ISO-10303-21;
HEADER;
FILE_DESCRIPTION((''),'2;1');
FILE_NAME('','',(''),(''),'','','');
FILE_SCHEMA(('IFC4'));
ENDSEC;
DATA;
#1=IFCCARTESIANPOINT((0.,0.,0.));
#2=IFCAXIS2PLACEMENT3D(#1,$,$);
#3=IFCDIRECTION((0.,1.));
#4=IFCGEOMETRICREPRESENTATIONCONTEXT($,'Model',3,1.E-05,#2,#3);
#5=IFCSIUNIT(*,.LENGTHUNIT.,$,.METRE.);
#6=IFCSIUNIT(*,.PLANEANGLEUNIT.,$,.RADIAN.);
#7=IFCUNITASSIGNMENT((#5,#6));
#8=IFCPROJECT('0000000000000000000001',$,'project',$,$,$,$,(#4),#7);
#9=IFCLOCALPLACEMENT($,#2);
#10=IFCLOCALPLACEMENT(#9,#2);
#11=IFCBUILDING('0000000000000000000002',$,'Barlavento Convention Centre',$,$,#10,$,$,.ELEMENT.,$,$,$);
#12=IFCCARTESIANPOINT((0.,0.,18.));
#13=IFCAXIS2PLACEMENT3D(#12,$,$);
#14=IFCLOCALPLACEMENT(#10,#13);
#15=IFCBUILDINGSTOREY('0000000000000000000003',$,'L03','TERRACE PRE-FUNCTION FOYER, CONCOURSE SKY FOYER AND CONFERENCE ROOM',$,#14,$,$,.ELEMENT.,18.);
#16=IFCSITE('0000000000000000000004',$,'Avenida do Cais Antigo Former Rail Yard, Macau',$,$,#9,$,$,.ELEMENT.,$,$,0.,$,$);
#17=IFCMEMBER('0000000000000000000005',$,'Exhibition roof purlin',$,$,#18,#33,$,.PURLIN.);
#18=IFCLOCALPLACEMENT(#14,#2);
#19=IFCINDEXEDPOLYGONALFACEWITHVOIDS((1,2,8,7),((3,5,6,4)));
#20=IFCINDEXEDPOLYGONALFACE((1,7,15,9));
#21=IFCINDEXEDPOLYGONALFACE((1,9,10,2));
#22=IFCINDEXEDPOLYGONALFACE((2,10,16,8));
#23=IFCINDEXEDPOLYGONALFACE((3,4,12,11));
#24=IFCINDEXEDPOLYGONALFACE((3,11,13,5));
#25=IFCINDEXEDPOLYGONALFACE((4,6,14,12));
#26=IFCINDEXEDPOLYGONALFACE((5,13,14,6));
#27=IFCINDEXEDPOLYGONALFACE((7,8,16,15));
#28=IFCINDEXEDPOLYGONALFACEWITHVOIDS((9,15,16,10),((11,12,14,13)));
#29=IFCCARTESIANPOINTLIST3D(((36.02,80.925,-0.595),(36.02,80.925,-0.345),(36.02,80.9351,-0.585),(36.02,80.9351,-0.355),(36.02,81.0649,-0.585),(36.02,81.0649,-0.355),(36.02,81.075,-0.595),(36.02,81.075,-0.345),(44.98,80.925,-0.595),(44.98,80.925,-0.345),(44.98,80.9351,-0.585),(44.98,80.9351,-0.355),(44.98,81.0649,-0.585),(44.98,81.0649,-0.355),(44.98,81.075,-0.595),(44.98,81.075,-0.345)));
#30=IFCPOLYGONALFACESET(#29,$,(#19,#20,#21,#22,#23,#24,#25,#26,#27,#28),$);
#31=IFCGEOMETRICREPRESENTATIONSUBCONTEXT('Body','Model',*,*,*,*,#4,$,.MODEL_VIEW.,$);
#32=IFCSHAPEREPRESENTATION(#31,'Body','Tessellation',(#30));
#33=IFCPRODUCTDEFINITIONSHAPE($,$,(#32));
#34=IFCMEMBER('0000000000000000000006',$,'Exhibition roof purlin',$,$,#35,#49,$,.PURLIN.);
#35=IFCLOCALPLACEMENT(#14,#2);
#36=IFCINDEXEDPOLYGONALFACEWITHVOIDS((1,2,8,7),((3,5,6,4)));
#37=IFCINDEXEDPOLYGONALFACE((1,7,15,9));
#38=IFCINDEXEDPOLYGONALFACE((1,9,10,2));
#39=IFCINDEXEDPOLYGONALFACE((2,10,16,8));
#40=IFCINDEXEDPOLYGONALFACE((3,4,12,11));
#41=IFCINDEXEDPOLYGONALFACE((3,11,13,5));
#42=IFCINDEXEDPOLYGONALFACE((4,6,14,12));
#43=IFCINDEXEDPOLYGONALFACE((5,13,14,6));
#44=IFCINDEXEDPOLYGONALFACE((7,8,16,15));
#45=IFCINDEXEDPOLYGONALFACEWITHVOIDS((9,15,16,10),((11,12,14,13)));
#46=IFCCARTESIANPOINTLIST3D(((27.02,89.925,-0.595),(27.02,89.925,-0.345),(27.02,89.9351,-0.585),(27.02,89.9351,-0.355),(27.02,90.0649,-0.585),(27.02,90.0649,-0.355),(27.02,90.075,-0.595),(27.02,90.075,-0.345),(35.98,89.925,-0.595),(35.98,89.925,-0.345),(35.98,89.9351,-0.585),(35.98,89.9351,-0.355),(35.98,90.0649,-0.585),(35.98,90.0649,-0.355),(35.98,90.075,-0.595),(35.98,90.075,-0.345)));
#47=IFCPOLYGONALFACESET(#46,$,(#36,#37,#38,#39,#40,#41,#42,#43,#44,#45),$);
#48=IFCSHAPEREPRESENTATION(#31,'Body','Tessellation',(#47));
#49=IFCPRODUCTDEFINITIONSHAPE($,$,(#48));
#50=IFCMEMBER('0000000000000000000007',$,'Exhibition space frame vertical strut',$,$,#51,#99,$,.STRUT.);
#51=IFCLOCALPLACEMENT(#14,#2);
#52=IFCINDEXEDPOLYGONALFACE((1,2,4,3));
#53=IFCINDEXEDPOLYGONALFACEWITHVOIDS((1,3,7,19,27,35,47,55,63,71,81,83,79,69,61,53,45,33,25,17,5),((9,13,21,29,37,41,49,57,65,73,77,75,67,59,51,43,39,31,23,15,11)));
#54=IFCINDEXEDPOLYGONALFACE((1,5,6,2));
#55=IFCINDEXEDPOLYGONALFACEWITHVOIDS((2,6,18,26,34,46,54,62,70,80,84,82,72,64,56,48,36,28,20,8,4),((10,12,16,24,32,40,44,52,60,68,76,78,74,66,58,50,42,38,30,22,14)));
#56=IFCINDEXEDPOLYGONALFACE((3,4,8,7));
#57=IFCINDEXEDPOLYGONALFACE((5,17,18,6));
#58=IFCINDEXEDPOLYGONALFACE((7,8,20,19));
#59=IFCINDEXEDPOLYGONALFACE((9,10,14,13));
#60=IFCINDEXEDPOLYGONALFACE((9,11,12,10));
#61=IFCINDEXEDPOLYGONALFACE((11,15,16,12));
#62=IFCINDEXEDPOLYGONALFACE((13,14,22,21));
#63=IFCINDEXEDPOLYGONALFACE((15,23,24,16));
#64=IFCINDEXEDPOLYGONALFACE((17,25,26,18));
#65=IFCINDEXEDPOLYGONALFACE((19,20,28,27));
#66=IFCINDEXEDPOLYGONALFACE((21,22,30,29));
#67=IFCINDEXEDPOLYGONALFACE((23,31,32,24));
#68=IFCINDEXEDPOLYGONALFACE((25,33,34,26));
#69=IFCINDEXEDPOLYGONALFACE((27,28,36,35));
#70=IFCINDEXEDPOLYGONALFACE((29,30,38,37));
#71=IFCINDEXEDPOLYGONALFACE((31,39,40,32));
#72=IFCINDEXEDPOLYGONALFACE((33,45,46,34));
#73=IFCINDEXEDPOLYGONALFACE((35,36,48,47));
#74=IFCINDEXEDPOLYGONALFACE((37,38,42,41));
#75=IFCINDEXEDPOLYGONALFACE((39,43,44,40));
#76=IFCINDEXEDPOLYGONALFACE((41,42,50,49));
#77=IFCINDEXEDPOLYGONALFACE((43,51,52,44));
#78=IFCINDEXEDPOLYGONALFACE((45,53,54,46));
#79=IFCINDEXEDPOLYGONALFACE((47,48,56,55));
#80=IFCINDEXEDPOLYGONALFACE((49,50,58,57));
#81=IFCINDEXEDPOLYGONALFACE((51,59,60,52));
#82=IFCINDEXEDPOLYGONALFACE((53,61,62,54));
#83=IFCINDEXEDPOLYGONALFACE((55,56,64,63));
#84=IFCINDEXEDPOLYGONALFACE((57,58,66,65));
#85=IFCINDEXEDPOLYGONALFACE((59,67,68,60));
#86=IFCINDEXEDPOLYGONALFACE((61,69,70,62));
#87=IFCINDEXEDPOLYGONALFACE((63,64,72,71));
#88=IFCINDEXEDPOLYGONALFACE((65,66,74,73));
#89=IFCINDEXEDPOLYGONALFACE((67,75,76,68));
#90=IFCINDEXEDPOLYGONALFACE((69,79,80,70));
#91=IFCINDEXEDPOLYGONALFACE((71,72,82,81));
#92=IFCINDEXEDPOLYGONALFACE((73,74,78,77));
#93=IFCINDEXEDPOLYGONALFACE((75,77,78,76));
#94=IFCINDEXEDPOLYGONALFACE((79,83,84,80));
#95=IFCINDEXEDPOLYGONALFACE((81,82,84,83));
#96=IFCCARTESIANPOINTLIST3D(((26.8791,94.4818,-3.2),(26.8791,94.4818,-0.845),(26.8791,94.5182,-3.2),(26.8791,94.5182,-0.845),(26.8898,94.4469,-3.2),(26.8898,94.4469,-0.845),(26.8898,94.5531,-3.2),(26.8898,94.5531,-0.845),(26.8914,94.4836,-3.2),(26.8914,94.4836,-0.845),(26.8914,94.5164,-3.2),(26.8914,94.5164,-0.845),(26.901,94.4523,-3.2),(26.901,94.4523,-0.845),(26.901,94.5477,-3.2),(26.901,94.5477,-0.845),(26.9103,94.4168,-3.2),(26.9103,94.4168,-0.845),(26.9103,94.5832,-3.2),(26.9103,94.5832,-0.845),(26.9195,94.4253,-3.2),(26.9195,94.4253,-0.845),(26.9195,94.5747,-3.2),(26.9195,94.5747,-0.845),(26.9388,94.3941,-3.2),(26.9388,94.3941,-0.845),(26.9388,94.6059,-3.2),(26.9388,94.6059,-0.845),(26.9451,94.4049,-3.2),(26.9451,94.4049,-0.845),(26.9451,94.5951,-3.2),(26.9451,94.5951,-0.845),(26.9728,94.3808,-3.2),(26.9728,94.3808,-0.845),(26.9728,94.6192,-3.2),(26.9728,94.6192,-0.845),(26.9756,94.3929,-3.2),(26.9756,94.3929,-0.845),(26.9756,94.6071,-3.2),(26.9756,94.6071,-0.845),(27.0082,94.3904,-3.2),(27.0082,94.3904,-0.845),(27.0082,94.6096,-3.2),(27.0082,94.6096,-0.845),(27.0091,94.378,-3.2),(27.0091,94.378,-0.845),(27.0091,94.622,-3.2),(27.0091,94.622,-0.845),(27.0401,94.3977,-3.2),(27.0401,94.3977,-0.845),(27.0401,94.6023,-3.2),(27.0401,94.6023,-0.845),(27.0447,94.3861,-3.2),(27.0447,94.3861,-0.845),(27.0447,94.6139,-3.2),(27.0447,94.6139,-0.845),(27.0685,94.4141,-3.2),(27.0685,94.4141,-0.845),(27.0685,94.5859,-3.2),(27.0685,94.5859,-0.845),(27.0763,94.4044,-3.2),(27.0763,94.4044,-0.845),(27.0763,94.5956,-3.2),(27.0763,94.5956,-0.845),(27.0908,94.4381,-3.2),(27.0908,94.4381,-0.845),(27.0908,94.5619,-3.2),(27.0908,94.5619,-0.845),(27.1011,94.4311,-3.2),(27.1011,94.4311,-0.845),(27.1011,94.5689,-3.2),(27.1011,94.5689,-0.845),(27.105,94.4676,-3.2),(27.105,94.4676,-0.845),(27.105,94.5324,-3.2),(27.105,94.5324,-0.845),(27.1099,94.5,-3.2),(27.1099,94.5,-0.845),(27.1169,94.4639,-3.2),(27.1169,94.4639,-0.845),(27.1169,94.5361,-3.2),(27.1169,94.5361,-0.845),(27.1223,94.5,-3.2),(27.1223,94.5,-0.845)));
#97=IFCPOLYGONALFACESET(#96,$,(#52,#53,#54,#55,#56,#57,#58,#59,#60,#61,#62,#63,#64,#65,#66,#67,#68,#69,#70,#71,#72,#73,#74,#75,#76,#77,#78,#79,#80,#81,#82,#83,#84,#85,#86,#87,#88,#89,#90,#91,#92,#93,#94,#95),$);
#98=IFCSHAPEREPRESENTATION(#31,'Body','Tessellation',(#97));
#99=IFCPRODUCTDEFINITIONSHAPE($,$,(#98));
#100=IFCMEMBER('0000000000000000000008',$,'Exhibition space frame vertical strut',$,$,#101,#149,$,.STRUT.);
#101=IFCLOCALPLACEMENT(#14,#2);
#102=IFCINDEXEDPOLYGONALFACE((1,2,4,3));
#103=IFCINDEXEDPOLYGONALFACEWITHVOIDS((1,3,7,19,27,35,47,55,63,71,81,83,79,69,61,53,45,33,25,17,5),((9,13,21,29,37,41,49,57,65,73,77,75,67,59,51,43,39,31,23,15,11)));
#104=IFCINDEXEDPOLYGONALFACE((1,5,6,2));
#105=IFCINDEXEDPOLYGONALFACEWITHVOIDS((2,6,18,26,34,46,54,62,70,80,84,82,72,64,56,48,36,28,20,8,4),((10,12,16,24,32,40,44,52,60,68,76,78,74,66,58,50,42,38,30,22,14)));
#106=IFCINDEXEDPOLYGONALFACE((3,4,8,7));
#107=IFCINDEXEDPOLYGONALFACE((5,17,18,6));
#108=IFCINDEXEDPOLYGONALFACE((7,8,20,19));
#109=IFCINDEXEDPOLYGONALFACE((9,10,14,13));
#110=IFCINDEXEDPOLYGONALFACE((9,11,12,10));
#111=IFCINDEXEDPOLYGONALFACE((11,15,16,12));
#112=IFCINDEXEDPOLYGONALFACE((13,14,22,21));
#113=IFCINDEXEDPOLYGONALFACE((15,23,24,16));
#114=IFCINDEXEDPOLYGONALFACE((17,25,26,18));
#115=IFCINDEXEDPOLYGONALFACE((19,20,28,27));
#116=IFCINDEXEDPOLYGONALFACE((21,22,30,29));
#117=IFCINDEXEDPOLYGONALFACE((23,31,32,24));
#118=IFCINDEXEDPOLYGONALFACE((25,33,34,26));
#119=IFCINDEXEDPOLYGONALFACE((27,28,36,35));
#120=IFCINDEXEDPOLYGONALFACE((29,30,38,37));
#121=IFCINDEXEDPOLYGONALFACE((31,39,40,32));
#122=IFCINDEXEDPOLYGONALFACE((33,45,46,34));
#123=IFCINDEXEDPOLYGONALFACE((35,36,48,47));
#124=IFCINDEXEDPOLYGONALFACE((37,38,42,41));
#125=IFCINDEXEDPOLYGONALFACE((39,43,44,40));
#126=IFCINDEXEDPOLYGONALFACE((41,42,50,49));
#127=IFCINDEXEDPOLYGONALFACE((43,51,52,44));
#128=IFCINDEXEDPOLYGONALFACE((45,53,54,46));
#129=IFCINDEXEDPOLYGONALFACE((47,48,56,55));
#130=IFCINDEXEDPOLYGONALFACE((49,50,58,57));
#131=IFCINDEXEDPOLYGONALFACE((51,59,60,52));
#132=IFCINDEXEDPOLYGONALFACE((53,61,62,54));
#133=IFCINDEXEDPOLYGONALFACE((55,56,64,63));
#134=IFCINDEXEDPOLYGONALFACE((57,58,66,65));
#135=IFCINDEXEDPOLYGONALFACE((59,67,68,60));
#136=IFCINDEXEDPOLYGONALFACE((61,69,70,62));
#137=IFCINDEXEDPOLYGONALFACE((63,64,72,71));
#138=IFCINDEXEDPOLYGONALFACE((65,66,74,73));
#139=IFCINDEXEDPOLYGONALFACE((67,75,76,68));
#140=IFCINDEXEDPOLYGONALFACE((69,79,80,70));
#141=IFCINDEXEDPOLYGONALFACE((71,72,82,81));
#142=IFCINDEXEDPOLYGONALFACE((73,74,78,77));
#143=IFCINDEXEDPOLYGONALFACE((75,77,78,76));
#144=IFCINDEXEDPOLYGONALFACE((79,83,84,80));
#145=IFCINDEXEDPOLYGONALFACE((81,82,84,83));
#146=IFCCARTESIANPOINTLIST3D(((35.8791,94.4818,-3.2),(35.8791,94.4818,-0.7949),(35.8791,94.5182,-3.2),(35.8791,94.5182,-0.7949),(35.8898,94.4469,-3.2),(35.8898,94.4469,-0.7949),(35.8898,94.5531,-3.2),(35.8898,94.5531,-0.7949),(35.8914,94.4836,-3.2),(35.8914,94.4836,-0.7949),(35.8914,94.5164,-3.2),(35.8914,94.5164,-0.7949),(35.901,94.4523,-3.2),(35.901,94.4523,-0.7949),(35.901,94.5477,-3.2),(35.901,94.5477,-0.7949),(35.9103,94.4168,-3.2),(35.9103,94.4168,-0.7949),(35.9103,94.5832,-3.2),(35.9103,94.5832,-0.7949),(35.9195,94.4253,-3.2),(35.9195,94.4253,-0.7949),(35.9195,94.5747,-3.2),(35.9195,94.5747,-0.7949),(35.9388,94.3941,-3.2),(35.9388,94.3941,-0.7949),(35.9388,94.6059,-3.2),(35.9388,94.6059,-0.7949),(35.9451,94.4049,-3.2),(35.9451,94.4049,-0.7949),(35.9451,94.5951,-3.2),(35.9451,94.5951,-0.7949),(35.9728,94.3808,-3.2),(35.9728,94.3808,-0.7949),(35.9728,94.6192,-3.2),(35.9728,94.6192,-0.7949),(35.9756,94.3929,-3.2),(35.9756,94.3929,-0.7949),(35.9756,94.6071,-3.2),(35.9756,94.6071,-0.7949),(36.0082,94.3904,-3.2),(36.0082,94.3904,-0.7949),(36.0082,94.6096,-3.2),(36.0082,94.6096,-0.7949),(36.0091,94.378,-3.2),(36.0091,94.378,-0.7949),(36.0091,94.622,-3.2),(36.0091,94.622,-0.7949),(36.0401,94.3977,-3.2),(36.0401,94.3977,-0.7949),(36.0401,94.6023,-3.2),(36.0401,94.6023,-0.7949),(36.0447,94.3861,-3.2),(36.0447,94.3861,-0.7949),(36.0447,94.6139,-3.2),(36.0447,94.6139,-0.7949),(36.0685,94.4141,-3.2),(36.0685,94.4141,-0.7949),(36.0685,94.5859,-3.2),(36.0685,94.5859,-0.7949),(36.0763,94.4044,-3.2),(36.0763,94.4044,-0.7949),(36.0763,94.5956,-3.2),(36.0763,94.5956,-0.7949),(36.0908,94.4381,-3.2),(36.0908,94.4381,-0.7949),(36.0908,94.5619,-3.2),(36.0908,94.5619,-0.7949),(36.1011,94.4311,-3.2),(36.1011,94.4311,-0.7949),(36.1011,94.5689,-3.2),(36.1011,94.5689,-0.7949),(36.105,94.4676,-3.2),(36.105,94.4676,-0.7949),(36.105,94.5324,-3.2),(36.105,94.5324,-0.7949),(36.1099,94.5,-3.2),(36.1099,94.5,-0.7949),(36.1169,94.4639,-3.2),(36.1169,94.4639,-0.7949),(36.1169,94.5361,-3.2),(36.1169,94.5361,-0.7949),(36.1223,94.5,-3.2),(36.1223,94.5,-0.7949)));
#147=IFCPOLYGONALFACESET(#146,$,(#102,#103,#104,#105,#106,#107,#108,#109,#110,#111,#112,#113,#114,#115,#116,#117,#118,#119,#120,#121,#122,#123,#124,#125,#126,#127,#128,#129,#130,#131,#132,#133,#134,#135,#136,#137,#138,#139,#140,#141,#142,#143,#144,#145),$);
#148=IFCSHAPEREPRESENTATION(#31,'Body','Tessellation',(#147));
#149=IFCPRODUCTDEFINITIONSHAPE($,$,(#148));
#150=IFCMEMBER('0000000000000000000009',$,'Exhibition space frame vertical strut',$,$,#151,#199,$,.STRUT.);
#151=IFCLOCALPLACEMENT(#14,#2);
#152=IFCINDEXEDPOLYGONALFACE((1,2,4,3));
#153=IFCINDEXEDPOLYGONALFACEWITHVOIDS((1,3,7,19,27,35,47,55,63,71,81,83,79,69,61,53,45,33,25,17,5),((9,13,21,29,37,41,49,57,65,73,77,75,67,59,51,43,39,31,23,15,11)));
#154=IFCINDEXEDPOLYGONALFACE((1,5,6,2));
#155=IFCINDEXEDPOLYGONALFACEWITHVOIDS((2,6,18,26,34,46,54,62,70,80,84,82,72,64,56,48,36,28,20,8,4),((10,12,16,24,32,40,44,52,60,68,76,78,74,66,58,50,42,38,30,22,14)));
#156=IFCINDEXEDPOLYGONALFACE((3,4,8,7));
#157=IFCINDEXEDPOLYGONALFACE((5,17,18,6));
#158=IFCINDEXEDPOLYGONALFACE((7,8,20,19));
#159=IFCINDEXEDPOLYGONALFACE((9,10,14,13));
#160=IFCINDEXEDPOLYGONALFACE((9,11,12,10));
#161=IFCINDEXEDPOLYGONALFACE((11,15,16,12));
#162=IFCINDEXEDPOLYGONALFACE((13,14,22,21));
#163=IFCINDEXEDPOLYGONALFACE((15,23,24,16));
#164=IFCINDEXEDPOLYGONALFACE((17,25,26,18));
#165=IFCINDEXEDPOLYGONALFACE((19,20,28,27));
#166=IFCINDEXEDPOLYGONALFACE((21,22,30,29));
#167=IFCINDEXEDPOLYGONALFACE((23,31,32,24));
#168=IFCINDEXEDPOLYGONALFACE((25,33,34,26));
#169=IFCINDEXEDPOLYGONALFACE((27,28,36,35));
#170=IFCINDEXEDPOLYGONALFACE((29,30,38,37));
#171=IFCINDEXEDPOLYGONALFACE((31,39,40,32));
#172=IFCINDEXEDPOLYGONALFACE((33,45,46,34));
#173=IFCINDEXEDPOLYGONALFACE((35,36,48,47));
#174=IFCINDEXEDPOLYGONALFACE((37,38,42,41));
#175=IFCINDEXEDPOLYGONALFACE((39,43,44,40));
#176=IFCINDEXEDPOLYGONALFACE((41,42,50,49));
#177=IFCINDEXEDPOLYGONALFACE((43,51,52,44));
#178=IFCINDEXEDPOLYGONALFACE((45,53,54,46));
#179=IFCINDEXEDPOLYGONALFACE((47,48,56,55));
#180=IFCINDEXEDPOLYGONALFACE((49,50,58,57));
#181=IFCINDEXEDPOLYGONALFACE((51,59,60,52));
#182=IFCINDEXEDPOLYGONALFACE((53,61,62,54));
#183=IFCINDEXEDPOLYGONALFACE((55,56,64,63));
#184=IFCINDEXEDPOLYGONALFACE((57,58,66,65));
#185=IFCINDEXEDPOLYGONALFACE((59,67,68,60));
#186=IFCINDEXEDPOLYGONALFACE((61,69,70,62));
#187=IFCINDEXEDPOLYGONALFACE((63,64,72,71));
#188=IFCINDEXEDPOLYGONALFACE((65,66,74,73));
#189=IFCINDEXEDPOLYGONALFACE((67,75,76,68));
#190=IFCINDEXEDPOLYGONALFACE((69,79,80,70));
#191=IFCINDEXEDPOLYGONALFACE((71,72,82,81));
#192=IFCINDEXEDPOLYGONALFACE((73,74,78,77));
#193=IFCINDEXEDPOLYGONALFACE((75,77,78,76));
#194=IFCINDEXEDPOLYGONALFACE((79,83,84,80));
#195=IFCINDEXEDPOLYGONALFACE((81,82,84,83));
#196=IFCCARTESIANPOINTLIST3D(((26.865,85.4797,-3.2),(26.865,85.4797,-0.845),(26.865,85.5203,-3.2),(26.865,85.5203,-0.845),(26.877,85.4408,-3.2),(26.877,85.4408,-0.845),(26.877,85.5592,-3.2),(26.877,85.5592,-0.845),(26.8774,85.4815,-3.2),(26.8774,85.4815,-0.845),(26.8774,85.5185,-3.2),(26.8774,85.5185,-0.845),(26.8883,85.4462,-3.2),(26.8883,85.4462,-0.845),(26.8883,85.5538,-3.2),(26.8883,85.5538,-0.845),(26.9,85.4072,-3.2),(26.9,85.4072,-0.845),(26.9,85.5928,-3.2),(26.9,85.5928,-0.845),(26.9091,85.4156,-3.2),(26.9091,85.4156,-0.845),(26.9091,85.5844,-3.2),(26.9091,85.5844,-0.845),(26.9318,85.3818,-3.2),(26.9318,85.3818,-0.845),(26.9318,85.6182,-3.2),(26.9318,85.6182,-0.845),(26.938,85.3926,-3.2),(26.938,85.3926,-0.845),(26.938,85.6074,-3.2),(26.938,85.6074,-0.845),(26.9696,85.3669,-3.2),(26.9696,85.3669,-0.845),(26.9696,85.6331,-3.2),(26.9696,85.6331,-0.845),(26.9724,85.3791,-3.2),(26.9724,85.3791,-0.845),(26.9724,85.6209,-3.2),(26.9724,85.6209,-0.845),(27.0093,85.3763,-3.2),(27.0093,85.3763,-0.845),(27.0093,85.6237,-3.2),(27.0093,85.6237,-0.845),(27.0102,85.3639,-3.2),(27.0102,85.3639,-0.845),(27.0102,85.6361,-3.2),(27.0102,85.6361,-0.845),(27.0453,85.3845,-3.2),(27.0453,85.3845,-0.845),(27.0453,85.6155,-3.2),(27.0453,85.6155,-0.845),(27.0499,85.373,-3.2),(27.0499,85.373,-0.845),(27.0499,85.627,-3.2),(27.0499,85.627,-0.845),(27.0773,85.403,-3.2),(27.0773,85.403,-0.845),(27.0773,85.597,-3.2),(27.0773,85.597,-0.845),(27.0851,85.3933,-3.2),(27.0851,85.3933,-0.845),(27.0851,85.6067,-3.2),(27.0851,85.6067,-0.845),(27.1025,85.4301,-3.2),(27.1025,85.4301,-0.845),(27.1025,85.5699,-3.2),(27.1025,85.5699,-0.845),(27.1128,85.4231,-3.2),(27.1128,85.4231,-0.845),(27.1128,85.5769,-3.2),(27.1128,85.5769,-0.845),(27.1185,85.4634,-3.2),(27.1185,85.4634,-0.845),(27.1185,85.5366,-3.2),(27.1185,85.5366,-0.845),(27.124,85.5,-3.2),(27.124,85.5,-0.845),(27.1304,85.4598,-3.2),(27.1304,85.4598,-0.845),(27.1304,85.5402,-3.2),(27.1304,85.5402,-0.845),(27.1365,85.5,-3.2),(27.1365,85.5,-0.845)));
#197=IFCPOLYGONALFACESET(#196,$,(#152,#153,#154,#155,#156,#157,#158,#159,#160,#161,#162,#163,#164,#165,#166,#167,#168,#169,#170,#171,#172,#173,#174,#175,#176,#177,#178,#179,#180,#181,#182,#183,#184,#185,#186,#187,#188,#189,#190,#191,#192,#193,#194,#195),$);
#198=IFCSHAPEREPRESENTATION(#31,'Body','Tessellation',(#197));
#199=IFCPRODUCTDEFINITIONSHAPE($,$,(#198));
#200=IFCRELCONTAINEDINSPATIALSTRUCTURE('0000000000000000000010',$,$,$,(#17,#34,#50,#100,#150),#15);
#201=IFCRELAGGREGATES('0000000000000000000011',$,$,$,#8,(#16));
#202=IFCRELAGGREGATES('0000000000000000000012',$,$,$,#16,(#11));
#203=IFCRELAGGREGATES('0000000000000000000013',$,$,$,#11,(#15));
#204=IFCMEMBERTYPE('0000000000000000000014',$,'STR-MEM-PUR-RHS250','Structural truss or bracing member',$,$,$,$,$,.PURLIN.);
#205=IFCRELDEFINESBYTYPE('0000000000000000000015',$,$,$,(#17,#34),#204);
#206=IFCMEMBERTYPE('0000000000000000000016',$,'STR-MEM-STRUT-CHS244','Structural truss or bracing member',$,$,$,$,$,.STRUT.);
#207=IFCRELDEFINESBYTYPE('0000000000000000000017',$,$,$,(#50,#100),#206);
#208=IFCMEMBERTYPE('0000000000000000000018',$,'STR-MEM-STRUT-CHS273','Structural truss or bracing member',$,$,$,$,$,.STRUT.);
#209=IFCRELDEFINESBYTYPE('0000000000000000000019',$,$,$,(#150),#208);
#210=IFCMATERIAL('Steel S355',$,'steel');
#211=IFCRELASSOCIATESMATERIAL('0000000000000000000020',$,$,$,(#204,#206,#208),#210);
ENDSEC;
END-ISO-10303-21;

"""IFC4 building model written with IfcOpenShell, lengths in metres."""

from ifc_helpers import new_model, si_unit, direction, frame, origin, origin_2d, place, context, subcontext, project, spatial, hollow_rectangle, hollow_circle, extrude, material, material_profile, profile_set, type_object, element, save


model = new_model("IFC4")

# Units and contexts
model_context = context("Model", 3, precision=1e-05, world=origin(), true_north=direction((0.0, 1.0)))
body_context = subcontext(model_context, "Body", "Model", "MODEL_VIEW")
ifc_project = project(units=[si_unit("LENGTHUNIT", "METRE"), si_unit("PLANEANGLEUNIT", "RADIAN")], contexts=[model_context])

# Site, building, storey
site_placement = place(None, origin())
site = spatial("IfcSite", under=ifc_project, at=site_placement, Name="Avenida do Cais Antigo Former Rail Yard, Macau", CompositionType="ELEMENT", RefElevation=0.0)
building_placement = place(site_placement, origin())
building = spatial("IfcBuilding", under=site, at=building_placement, Name="Barlavento Convention Centre", CompositionType="ELEMENT")
storey_placement = place(building_placement, frame((0.0, 0.0, 18.0)))
storey = spatial("IfcBuildingStorey", under=building, at=storey_placement, Name="L03", Description="TERRACE PRE-FUNCTION FOYER, CONCOURSE SKY FOYER AND CONFERENCE ROOM", CompositionType="ELEMENT", Elevation=18.0)

# Members
ifc_material_1 = material(Name="Steel S355", Category="steel")
ifc_material_profile_1 = material_profile(ifc_material_1, hollow_rectangle(XDim=0.1499, YDim=0.25, WallThickness=0.01, at=origin_2d()), Name="RHS 250x150x10.0")
ifc_profile_set_1 = profile_set([ifc_material_profile_1], Name="Steel S355")
member_type_1 = type_object("IfcMemberType", Name="STR-MEM-PUR-RHS250", Description="Structural truss or bracing member", PredefinedType="PURLIN", material=ifc_profile_set_1)
for number, where, z_axis, x_axis, name in (
    (1, (36.02, 81.0, -0.47), (1.0, 0.0, 0.0), (0.0, 1.0, 0.0), "Exhibition roof purlin"),
    (2, (27.02, 90.0, -0.47), (1.0, 0.0, 0.0), (0.0, 1.0, 0.0), "Exhibition roof purlin"),
):
    element("IfcMember", number, at=place(storey_placement, frame(where, z_axis=z_axis, x_axis=x_axis)), inside=storey, type_object=member_type_1, Name=name, PredefinedType="PURLIN", context=body_context, shape_type="SweptSolid", body=[
        extrude(hollow_rectangle(XDim=0.1499, YDim=0.25, WallThickness=0.01, at=origin_2d()), origin(), (0.0, 0.0, 1.0), 8.96),
    ])
ifc_material_profile_2 = material_profile(ifc_material_1, hollow_circle(Radius=0.1223, WallThickness=0.0125, at=origin_2d()), Name="CHS 244.5x12.5")
ifc_profile_set_2 = profile_set([ifc_material_profile_2], Name="Steel S355")
member_type_2 = type_object("IfcMemberType", Name="STR-MEM-STRUT-CHS244", Description="Structural truss or bracing member", PredefinedType="STRUT", material=ifc_profile_set_2)
member_1_placement = place(storey_placement, frame((27.0, 94.5, -3.2), z_axis=(0.0, 0.0, 1.0), x_axis=(1.0, 0.0, 0.0)))
element("IfcMember", 3, at=member_1_placement, inside=storey, type_object=member_type_2, Name="Exhibition space frame vertical strut", PredefinedType="STRUT", context=body_context, shape_type="SweptSolid", body=[
    extrude(hollow_circle(Radius=0.1223, WallThickness=0.0125, at=origin_2d()), origin(), (0.0, 0.0, 1.0), 2.355),
])
member_2_placement = place(storey_placement, frame((36.0, 94.5, -3.2), z_axis=(0.0, 0.0, 1.0), x_axis=(1.0, 0.0, 0.0)))
element("IfcMember", 4, at=member_2_placement, inside=storey, type_object=member_type_2, Name="Exhibition space frame vertical strut", PredefinedType="STRUT", context=body_context, shape_type="SweptSolid", body=[
    extrude(hollow_circle(Radius=0.1223, WallThickness=0.0125, at=origin_2d()), origin(), (0.0, 0.0, 1.0), 2.405),
])
ifc_material_profile_3 = material_profile(ifc_material_1, hollow_circle(Radius=0.1365, WallThickness=0.0125, at=origin_2d()), Name="CHS 273.0x12.5")
ifc_profile_set_3 = profile_set([ifc_material_profile_3], Name="Steel S355")
member_type_3 = type_object("IfcMemberType", Name="STR-MEM-STRUT-CHS273", Description="Structural truss or bracing member", PredefinedType="STRUT", material=ifc_profile_set_3)
member_3_placement = place(storey_placement, frame((27.0, 85.5, -3.2), z_axis=(0.0, 0.0, 1.0), x_axis=(1.0, 0.0, 0.0)))
element("IfcMember", 5, at=member_3_placement, inside=storey, type_object=member_type_3, Name="Exhibition space frame vertical strut", PredefinedType="STRUT", context=body_context, shape_type="SweptSolid", body=[
    extrude(hollow_circle(Radius=0.1365, WallThickness=0.0125, at=origin_2d()), origin(), (0.0, 0.0, 1.0), 2.355),
])

save(model, "model.ifc")
